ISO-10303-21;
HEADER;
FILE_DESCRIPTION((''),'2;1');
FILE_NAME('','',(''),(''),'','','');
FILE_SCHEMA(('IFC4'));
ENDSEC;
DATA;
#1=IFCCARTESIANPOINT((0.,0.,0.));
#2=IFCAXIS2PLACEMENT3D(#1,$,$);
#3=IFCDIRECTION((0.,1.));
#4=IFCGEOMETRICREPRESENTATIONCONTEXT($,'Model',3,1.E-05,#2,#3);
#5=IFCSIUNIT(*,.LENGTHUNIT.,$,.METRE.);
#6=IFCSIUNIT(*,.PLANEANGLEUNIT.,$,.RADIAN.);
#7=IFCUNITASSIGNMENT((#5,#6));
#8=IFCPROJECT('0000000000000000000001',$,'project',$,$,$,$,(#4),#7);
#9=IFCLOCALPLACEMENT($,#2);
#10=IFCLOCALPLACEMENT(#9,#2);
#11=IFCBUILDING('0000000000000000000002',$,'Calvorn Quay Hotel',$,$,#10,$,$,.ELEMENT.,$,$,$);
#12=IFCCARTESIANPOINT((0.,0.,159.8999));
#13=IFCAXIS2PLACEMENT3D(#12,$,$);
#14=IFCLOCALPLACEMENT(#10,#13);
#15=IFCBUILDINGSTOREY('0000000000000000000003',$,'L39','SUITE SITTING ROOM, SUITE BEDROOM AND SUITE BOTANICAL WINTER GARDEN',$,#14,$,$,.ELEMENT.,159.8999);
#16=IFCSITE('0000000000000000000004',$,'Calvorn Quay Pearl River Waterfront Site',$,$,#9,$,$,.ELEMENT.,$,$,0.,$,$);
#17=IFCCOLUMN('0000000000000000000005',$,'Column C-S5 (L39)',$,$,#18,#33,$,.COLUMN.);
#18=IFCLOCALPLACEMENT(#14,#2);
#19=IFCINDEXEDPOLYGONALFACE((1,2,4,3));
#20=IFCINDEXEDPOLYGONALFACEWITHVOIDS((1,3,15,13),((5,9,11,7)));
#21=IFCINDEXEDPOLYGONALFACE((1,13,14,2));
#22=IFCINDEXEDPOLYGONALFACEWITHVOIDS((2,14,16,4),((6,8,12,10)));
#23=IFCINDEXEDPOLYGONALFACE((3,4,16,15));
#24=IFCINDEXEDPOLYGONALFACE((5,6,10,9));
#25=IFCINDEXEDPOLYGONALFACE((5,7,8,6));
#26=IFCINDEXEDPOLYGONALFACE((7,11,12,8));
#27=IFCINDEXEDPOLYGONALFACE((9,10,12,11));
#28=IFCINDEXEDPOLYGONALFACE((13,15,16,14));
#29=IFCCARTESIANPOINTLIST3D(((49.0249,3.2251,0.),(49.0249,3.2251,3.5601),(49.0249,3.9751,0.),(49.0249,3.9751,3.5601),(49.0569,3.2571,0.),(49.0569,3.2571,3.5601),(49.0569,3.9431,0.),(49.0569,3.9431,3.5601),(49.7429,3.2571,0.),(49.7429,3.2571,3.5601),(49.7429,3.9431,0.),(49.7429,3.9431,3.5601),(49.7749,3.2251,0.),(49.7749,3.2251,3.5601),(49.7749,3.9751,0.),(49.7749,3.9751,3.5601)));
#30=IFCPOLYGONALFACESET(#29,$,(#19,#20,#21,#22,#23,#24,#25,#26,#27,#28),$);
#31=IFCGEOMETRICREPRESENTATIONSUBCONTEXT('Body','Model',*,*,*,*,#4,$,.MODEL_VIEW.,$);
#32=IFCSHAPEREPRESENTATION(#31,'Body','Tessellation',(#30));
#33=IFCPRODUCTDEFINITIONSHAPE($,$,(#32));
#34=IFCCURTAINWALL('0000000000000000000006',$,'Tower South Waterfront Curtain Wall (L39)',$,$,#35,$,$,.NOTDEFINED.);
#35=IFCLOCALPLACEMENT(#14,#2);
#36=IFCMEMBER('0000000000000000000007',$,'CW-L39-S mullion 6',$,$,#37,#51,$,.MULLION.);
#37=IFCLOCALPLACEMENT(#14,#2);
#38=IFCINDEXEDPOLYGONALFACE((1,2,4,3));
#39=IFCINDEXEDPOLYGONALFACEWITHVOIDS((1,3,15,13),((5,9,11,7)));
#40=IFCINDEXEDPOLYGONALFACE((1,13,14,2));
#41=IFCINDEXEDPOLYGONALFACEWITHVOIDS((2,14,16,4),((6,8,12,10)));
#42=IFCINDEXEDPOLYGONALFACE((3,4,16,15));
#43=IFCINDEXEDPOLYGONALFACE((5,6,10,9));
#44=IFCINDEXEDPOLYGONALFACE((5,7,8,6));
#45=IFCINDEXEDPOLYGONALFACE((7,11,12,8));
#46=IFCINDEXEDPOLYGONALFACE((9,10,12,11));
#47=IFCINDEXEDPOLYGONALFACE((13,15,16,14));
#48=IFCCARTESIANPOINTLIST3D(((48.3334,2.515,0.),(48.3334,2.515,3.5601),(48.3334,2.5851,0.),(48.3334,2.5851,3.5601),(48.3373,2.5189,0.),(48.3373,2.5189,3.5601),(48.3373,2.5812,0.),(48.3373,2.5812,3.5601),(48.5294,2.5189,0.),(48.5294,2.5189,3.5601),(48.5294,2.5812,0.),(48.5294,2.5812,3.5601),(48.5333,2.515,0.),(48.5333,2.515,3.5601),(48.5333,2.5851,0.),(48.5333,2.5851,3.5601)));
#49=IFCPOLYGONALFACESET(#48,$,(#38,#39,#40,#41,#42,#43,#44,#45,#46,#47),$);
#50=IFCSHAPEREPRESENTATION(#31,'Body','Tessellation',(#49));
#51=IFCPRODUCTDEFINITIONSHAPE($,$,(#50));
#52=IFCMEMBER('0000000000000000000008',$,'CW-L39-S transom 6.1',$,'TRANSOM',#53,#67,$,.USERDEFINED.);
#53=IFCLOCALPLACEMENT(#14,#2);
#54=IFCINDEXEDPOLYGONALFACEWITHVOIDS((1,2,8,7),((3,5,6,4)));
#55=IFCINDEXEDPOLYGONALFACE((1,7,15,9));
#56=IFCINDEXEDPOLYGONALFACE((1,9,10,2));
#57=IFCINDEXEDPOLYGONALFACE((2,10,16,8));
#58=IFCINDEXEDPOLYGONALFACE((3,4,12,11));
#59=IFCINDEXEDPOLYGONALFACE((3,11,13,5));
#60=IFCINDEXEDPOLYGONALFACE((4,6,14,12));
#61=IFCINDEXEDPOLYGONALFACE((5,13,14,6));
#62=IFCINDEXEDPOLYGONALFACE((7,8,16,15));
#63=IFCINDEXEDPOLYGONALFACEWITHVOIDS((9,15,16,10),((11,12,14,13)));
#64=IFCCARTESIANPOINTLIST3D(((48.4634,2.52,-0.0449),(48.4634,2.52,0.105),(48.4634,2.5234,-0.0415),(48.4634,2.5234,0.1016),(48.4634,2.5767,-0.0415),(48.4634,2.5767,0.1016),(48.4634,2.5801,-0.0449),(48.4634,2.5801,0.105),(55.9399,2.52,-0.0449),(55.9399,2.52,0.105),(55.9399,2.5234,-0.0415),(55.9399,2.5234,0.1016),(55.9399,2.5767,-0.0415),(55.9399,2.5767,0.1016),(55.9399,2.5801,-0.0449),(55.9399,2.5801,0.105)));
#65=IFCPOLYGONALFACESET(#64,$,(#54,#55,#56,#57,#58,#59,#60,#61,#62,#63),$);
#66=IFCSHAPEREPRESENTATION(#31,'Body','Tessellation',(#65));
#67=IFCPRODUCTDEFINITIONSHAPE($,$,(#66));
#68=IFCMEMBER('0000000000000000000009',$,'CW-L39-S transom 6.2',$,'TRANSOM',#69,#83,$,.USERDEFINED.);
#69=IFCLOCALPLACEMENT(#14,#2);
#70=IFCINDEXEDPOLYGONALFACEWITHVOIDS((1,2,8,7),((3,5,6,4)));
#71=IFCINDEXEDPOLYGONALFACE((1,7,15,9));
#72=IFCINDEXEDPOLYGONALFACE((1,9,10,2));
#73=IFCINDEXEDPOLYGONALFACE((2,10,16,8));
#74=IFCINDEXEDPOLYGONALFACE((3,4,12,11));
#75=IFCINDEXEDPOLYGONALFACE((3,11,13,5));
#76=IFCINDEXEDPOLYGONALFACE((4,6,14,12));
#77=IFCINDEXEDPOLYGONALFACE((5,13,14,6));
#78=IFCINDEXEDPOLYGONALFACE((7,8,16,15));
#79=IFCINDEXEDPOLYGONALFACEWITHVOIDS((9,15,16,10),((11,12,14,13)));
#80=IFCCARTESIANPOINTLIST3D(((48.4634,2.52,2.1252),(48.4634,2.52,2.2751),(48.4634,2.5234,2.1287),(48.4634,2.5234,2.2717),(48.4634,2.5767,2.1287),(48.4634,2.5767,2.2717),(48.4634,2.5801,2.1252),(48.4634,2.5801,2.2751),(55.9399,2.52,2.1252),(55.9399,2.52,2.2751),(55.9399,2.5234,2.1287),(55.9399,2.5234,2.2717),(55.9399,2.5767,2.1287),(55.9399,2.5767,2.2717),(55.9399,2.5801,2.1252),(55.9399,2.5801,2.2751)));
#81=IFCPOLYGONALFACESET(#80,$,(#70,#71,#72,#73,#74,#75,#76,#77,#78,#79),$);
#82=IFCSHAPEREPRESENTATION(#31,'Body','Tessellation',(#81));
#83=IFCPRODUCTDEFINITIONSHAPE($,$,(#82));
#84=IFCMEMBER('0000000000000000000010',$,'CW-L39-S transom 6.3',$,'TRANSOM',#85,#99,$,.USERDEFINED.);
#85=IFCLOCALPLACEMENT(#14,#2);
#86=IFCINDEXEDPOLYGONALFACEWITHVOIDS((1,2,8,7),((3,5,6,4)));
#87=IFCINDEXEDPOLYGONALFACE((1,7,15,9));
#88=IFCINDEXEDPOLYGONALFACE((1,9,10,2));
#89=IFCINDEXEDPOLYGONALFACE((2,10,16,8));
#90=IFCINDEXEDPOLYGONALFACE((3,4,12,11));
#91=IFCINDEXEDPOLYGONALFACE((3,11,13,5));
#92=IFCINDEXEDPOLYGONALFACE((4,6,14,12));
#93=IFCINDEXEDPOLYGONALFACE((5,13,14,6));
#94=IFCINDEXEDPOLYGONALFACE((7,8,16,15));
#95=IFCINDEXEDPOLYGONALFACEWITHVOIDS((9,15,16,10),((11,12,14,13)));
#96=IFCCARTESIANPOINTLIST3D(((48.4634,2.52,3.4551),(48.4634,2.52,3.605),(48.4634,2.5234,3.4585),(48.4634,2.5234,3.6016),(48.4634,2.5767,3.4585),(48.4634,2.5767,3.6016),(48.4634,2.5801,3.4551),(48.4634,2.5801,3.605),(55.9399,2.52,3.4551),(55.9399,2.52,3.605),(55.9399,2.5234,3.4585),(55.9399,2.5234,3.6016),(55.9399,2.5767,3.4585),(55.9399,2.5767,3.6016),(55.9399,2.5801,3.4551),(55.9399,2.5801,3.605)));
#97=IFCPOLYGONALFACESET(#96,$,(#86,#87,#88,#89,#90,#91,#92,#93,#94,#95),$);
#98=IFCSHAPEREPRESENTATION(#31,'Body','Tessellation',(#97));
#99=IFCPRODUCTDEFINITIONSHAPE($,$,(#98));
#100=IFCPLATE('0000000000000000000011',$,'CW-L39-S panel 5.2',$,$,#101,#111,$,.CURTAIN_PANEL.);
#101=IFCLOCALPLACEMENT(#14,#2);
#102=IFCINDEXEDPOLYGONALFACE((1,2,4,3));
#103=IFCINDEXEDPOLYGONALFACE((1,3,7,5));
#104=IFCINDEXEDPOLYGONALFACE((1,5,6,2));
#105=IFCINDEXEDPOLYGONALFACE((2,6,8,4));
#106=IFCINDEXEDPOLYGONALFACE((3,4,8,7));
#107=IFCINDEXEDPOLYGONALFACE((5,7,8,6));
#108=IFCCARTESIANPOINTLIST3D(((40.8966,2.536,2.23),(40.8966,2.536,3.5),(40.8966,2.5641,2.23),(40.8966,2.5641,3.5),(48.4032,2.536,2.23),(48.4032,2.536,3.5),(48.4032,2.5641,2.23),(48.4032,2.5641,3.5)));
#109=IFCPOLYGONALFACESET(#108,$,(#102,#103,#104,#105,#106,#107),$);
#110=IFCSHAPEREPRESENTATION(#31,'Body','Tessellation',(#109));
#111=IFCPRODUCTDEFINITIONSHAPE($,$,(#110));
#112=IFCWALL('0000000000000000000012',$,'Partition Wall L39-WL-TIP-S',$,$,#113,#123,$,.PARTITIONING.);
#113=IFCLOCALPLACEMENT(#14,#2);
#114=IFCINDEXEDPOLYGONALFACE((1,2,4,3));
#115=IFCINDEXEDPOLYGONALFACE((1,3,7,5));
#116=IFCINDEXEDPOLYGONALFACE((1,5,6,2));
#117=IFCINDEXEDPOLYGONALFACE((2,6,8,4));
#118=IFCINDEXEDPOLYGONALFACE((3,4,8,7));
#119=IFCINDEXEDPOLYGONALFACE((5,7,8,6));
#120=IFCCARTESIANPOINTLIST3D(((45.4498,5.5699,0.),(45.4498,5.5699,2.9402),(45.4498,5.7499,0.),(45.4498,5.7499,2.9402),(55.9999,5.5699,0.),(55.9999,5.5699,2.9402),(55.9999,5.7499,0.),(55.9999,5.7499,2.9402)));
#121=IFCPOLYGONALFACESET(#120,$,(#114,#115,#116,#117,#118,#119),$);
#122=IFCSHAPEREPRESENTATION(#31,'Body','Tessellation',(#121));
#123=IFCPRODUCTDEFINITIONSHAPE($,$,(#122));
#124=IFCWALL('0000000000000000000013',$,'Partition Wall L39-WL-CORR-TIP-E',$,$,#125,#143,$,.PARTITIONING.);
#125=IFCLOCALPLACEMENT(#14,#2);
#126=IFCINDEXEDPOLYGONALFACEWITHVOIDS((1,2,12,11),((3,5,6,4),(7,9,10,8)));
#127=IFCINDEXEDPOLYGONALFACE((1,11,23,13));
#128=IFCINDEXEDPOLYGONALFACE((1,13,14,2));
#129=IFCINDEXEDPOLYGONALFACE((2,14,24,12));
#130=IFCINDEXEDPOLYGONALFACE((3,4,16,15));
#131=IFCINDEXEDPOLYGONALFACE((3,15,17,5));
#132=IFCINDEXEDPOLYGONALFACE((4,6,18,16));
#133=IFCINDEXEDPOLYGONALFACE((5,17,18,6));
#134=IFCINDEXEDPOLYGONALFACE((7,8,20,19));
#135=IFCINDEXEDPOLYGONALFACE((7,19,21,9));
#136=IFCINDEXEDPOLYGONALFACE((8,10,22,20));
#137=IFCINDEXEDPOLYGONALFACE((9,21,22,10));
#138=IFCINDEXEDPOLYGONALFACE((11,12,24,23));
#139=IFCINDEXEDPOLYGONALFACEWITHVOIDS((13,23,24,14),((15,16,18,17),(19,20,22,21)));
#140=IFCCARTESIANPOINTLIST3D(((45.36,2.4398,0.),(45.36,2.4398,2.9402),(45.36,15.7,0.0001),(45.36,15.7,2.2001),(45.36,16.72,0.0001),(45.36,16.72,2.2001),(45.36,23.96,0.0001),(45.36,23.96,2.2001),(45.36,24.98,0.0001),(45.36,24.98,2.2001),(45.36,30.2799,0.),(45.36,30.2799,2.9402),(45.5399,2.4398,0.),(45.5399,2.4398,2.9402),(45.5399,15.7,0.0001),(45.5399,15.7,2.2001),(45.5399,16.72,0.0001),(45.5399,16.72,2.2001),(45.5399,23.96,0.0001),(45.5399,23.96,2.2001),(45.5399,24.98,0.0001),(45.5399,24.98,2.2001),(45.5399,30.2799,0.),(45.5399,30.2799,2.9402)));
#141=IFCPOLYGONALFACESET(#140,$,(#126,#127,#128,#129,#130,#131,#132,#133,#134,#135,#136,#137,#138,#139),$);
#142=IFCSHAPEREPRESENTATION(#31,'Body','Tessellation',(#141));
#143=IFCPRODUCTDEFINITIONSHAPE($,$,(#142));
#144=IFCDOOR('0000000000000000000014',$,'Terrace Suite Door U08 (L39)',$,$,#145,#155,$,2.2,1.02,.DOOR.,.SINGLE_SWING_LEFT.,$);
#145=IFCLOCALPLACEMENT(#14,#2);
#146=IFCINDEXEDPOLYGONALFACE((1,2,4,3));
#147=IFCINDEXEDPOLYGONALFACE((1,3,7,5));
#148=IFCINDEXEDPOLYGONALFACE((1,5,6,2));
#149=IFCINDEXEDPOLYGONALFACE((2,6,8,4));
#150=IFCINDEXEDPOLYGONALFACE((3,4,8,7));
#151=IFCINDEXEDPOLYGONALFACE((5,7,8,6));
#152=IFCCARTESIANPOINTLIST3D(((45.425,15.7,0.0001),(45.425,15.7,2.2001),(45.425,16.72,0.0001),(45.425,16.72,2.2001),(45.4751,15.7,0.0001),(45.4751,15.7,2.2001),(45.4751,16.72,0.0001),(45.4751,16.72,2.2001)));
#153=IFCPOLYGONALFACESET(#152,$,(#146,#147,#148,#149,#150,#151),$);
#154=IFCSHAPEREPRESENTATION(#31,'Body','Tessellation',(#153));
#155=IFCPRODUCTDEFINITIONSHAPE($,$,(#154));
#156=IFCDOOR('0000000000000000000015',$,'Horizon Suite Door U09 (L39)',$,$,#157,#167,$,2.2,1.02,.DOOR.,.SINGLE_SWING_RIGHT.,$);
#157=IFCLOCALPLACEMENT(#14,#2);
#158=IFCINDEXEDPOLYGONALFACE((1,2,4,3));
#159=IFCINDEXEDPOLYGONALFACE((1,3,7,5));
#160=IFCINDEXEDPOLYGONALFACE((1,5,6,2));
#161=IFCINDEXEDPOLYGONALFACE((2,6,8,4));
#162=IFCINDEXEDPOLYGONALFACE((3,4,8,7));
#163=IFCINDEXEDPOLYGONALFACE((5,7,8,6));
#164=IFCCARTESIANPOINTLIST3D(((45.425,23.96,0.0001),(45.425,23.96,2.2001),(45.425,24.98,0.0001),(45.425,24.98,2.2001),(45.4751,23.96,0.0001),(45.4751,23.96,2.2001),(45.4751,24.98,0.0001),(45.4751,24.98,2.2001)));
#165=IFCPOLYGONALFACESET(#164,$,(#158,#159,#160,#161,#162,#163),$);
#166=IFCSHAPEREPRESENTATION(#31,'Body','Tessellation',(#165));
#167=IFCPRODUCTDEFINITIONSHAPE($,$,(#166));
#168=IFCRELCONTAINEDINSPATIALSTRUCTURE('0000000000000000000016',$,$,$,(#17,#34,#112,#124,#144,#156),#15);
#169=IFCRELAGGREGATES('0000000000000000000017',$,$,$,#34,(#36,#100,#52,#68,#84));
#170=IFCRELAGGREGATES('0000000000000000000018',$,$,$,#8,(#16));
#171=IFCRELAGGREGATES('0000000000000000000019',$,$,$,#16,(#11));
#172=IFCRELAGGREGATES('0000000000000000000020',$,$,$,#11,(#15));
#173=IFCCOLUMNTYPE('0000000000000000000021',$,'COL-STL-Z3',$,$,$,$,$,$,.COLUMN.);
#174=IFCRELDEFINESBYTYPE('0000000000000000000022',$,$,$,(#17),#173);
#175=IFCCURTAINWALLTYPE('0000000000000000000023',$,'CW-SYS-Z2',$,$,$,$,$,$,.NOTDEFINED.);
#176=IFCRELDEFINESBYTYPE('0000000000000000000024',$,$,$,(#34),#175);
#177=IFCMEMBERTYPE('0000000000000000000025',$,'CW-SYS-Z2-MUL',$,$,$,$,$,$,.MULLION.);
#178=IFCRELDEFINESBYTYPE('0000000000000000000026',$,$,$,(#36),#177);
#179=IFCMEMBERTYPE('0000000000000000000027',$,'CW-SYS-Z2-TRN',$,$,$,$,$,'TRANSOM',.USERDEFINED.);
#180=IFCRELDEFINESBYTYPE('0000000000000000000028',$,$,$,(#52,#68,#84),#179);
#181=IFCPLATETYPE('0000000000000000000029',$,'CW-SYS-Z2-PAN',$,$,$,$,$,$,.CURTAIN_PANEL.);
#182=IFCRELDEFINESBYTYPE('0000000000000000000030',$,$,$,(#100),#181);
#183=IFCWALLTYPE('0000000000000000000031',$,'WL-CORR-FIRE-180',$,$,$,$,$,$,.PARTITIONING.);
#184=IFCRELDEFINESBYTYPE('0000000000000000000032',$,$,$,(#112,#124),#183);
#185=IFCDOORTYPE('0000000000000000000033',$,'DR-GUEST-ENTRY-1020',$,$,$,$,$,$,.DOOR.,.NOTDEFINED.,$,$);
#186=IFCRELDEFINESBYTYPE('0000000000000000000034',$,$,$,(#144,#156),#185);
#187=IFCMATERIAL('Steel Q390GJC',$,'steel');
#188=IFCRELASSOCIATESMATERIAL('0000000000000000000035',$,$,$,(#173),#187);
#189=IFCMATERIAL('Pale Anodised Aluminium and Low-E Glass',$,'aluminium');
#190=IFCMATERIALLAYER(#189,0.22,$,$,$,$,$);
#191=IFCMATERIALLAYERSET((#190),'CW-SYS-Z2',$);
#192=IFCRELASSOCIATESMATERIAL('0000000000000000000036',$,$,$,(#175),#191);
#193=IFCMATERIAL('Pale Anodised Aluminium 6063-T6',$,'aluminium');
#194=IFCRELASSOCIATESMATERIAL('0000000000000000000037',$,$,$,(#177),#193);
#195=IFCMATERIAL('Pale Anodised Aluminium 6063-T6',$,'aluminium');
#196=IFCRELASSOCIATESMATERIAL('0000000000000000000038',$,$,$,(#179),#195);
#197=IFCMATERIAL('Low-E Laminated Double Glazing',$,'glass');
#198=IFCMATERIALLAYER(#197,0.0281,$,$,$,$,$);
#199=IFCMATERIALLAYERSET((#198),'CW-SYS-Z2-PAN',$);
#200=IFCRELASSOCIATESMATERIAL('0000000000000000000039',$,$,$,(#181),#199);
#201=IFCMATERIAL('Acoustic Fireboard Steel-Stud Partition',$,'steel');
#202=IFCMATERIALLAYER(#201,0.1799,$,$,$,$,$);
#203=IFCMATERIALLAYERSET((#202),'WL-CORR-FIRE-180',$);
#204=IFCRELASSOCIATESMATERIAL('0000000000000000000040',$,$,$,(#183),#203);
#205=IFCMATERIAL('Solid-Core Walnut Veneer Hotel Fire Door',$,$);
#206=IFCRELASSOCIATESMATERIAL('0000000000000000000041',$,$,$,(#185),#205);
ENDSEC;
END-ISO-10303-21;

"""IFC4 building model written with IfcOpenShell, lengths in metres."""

from ifc_helpers import new_model, si_unit, direction, frame, frame_2d, origin, origin_2d, place, context, subcontext, project, spatial, rectangle, hollow_rectangle, extrude, material, layer, layer_set, material_profile, profile_set, type_object, element, fill, aggregate, save


model = new_model("IFC4")

# Units and contexts
model_context = context("Model", 3, precision=1e-05, world=origin(), true_north=direction((0.0, 1.0)))
body_context = subcontext(model_context, "Body", "Model", "MODEL_VIEW")
ifc_project = project(units=[si_unit("LENGTHUNIT", "METRE"), si_unit("PLANEANGLEUNIT", "RADIAN")], contexts=[model_context])

# Site, building, storey
site_placement = place(None, origin())
site = spatial("IfcSite", under=ifc_project, at=site_placement, Name="Calvorn Quay Pearl River Waterfront Site", CompositionType="ELEMENT", RefElevation=0.0)
building_placement = place(site_placement, origin())
building = spatial("IfcBuilding", under=site, at=building_placement, Name="Calvorn Quay Hotel", CompositionType="ELEMENT")
storey_placement = place(building_placement, frame((0.0, 0.0, 159.8999)))
storey = spatial("IfcBuildingStorey", under=building, at=storey_placement, Name="L39", Description="SUITE SITTING ROOM, SUITE BEDROOM AND SUITE BOTANICAL WINTER GARDEN", CompositionType="ELEMENT", Elevation=159.8999)

# Column
ifc_material_1 = material(Name="Steel Q390GJC", Category="steel")
ifc_material_profile_1 = material_profile(ifc_material_1, hollow_rectangle(XDim=0.75, YDim=0.75, WallThickness=0.032, at=origin_2d()), Name="BOX750x750x32")
ifc_profile_set_1 = profile_set([ifc_material_profile_1], Name="Steel Q390GJC")
column_type = type_object("IfcColumnType", Name="COL-STL-Z3", PredefinedType="COLUMN", material=ifc_profile_set_1)
column_placement = place(storey_placement, frame((49.3999, 3.6001, 0.0), z_axis=(0.0, 0.0, 1.0), x_axis=(1.0, 0.0, 0.0)))
element("IfcColumn", 1, at=column_placement, inside=storey, type_object=column_type, Name="Column C-S5 (L39)", PredefinedType="COLUMN", context=body_context, shape_type="SweptSolid", body=[
    extrude(hollow_rectangle(XDim=0.75, YDim=0.75, WallThickness=0.032, at=origin_2d()), origin(), (0.0, 0.0, 1.0), 3.5601),
])

# Curtain wall, members, plate
ifc_material_2 = material(Name="Pale Anodised Aluminium and Low-E Glass", Category="aluminium")
ifc_layer_1 = layer(ifc_material_2, 0.22)
ifc_layer_set_1 = layer_set([ifc_layer_1], Name="CW-SYS-Z2")
curtain_wall_type = type_object("IfcCurtainWallType", Name="CW-SYS-Z2", PredefinedType="NOTDEFINED", material=ifc_layer_set_1)
curtain_wall_placement = place(storey_placement, origin())
curtain_wall = element("IfcCurtainWall", 2, at=curtain_wall_placement, inside=storey, type_object=curtain_wall_type, Name="Tower South Waterfront Curtain Wall (L39)", PredefinedType="NOTDEFINED")
ifc_material_3 = material(Name="Pale Anodised Aluminium 6063-T6", Category="aluminium")
ifc_material_profile_2 = material_profile(ifc_material_3, hollow_rectangle(XDim=0.0701, YDim=0.2, WallThickness=0.0039, at=origin_2d()), Name="ALU-M200x70x4")
ifc_profile_set_2 = profile_set([ifc_material_profile_2], Name="Pale Anodised Aluminium 6063-T6")
member_type_1 = type_object("IfcMemberType", Name="CW-SYS-Z2-MUL", PredefinedType="MULLION", material=ifc_profile_set_2)
member_1_placement = place(storey_placement, frame((48.4333, 2.55, 0.0), z_axis=(0.0, 0.0, 1.0), x_axis=(0.0, 1.0, 0.0)))
member_1 = element("IfcMember", 3, at=member_1_placement, type_object=member_type_1, Name="CW-L39-S mullion 6", PredefinedType="MULLION", context=body_context, shape_type="SweptSolid", body=[
    extrude(hollow_rectangle(XDim=0.0701, YDim=0.2, WallThickness=0.0039, at=origin_2d()), origin(), (0.0, 0.0, 1.0), 3.5601),
])
ifc_material_4 = material(Name="Pale Anodised Aluminium 6063-T6", Category="aluminium")
ifc_material_profile_3 = material_profile(ifc_material_4, hollow_rectangle(XDim=0.0601, YDim=0.1499, WallThickness=0.0034, at=origin_2d()), Name="ALU-T150x60x3.5")
ifc_profile_set_3 = profile_set([ifc_material_profile_3], Name="Pale Anodised Aluminium 6063-T6")
member_type_2 = type_object("IfcMemberType", Name="CW-SYS-Z2-TRN", ElementType="TRANSOM", PredefinedType="USERDEFINED", material=ifc_profile_set_3)
member_2_placement = place(storey_placement, frame((48.4634, 2.55, 0.03), z_axis=(1.0, 0.0, 0.0), x_axis=(0.0, 1.0, 0.0)))
member_2 = element("IfcMember", 4, at=member_2_placement, type_object=member_type_2, Name="CW-L39-S transom 6.1", ObjectType="TRANSOM", PredefinedType="USERDEFINED", context=body_context, shape_type="SweptSolid", body=[
    extrude(hollow_rectangle(XDim=0.0601, YDim=0.1499, WallThickness=0.0034, at=origin_2d()), origin(), (0.0, 0.0, 1.0), 7.4766),
])
member_3_placement = place(storey_placement, frame((48.4634, 2.55, 2.2002), z_axis=(1.0, 0.0, 0.0), x_axis=(0.0, 1.0, 0.0)))
member_3 = element("IfcMember", 5, at=member_3_placement, type_object=member_type_2, Name="CW-L39-S transom 6.2", ObjectType="TRANSOM", PredefinedType="USERDEFINED", context=body_context, shape_type="SweptSolid", body=[
    extrude(hollow_rectangle(XDim=0.0601, YDim=0.1499, WallThickness=0.0034, at=origin_2d()), origin(), (0.0, 0.0, 1.0), 7.4766),
])
member_4_placement = place(storey_placement, frame((48.4634, 2.55, 3.53), z_axis=(1.0, 0.0, 0.0), x_axis=(0.0, 1.0, 0.0)))
member_4 = element("IfcMember", 6, at=member_4_placement, type_object=member_type_2, Name="CW-L39-S transom 6.3", ObjectType="TRANSOM", PredefinedType="USERDEFINED", context=body_context, shape_type="SweptSolid", body=[
    extrude(hollow_rectangle(XDim=0.0601, YDim=0.1499, WallThickness=0.0034, at=origin_2d()), origin(), (0.0, 0.0, 1.0), 7.4766),
])
ifc_material_5 = material(Name="Low-E Laminated Double Glazing", Category="glass")
ifc_layer_2 = layer(ifc_material_5, 0.0281)
ifc_layer_set_2 = layer_set([ifc_layer_2], Name="CW-SYS-Z2-PAN")
plate_type = type_object("IfcPlateType", Name="CW-SYS-Z2-PAN", PredefinedType="CURTAIN_PANEL", material=ifc_layer_set_2)
plate_placement = place(storey_placement, frame((44.6499, 2.55, 2.23), z_axis=(0.0, 0.0, 1.0), x_axis=(1.0, 0.0, 0.0)))
plate = element("IfcPlate", 7, at=plate_placement, type_object=plate_type, Name="CW-L39-S panel 5.2", PredefinedType="CURTAIN_PANEL", context=body_context, shape_type="SweptSolid", body=[
    extrude(rectangle(XDim=7.5066, YDim=0.0281, at=origin_2d()), origin(), (0.0, 0.0, 1.0), 1.27),
])
aggregate(curtain_wall, [member_1, plate, member_2, member_3, member_4])

# Wall
ifc_material_6 = material(Name="Acoustic Fireboard Steel-Stud Partition", Category="steel")
ifc_layer_3 = layer(ifc_material_6, 0.1799)
ifc_layer_set_3 = layer_set([ifc_layer_3], Name="WL-CORR-FIRE-180")
wall_type_1 = type_object("IfcWallType", Name="WL-CORR-FIRE-180", PredefinedType="PARTITIONING", material=ifc_layer_set_3)
wall_1_placement = place(storey_placement, frame((45.45, 5.6599, 0.0), z_axis=(0.0, 0.0, 1.0), x_axis=(1.0, 0.0, 0.0)))
element("IfcWall", 8, at=wall_1_placement, inside=storey, type_object=wall_type_1, Name="Partition Wall L39-WL-TIP-S", PredefinedType="PARTITIONING", context=body_context, shape_type="SweptSolid", body=[
    extrude(rectangle(XDim=10.55, YDim=0.1799, at=frame_2d((5.2749, 0.0))), origin(), (0.0, 0.0, 1.0), 2.9402),
])

# Wall, openings, doors
wall_2_placement = place(storey_placement, frame((45.45, 2.4399, 0.0), z_axis=(0.0, 0.0, 1.0), x_axis=(0.0, 1.0, 0.0)))
wall_2 = element("IfcWall", 9, at=wall_2_placement, inside=storey, type_object=wall_type_1, Name="Partition Wall L39-WL-CORR-TIP-E", PredefinedType="PARTITIONING", context=body_context, shape_type="SweptSolid", body=[
    extrude(rectangle(XDim=27.8401, YDim=0.1799, at=frame_2d((13.9199, 0.0))), origin(), (0.0, 0.0, 1.0), 2.9402),
])
opening_1_placement = place(wall_2_placement, frame((13.26, 0.0, 0.0)))
opening_1 = element("IfcOpeningElement", 10, at=opening_1_placement, cuts=wall_2, PredefinedType="OPENING", context=body_context, shape_type="SweptSolid", body=[
    extrude(rectangle(XDim=1.02, YDim=2.2, at=frame_2d((0.51, 1.1001))), frame((0.0, 0.0999, 0.0), z_axis=(0.0, -1.0, 0.0), x_axis=(1.0, 0.0, 0.0)), (0.0, 0.0, 1.0), 0.2),
])
opening_2_placement = place(wall_2_placement, frame((21.52, 0.0, 0.0)))
opening_2 = element("IfcOpeningElement", 11, at=opening_2_placement, cuts=wall_2, PredefinedType="OPENING", context=body_context, shape_type="SweptSolid", body=[
    extrude(rectangle(XDim=1.02, YDim=2.2, at=frame_2d((0.51, 1.1001))), frame((0.0, 0.0999, 0.0), z_axis=(0.0, -1.0, 0.0), x_axis=(1.0, 0.0, 0.0)), (0.0, 0.0, 1.0), 0.2),
])
ifc_material_7 = material(Name="Solid-Core Walnut Veneer Hotel Fire Door")
door_type_1 = type_object("IfcDoorType", Name="DR-GUEST-ENTRY-1020", OperationType="NOTDEFINED", PredefinedType="DOOR", material=ifc_material_7)
door_1_placement = place(opening_1_placement, origin())
door_1 = element("IfcDoor", 12, at=door_1_placement, inside=storey, type_object=door_type_1, Name="Terrace Suite Door U08 (L39)", OperationType="SINGLE_SWING_LEFT", OverallHeight=2.2, OverallWidth=1.02, PredefinedType="DOOR", context=body_context, shape_type="SweptSolid", body=[
    extrude(rectangle(XDim=1.02, YDim=2.2, at=frame_2d((0.51, 1.1001))), frame((0.0, 0.0249, 0.0), z_axis=(0.0, -1.0, 0.0), x_axis=(1.0, 0.0, 0.0)), (0.0, 0.0, 1.0), 0.05),
])
fill(opening_1, door_1)
door_2_placement = place(opening_2_placement, origin())
door_2 = element("IfcDoor", 13, at=door_2_placement, inside=storey, type_object=door_type_1, Name="Horizon Suite Door U09 (L39)", OperationType="SINGLE_SWING_RIGHT", OverallHeight=2.2, OverallWidth=1.02, PredefinedType="DOOR", context=body_context, shape_type="SweptSolid", body=[
    extrude(rectangle(XDim=1.02, YDim=2.2, at=frame_2d((0.51, 1.1001))), frame((0.0, 0.0249, 0.0), z_axis=(0.0, -1.0, 0.0), x_axis=(1.0, 0.0, 0.0)), (0.0, 0.0, 1.0), 0.05),
])
fill(opening_2, door_2)

save(model, "model.ifc")
